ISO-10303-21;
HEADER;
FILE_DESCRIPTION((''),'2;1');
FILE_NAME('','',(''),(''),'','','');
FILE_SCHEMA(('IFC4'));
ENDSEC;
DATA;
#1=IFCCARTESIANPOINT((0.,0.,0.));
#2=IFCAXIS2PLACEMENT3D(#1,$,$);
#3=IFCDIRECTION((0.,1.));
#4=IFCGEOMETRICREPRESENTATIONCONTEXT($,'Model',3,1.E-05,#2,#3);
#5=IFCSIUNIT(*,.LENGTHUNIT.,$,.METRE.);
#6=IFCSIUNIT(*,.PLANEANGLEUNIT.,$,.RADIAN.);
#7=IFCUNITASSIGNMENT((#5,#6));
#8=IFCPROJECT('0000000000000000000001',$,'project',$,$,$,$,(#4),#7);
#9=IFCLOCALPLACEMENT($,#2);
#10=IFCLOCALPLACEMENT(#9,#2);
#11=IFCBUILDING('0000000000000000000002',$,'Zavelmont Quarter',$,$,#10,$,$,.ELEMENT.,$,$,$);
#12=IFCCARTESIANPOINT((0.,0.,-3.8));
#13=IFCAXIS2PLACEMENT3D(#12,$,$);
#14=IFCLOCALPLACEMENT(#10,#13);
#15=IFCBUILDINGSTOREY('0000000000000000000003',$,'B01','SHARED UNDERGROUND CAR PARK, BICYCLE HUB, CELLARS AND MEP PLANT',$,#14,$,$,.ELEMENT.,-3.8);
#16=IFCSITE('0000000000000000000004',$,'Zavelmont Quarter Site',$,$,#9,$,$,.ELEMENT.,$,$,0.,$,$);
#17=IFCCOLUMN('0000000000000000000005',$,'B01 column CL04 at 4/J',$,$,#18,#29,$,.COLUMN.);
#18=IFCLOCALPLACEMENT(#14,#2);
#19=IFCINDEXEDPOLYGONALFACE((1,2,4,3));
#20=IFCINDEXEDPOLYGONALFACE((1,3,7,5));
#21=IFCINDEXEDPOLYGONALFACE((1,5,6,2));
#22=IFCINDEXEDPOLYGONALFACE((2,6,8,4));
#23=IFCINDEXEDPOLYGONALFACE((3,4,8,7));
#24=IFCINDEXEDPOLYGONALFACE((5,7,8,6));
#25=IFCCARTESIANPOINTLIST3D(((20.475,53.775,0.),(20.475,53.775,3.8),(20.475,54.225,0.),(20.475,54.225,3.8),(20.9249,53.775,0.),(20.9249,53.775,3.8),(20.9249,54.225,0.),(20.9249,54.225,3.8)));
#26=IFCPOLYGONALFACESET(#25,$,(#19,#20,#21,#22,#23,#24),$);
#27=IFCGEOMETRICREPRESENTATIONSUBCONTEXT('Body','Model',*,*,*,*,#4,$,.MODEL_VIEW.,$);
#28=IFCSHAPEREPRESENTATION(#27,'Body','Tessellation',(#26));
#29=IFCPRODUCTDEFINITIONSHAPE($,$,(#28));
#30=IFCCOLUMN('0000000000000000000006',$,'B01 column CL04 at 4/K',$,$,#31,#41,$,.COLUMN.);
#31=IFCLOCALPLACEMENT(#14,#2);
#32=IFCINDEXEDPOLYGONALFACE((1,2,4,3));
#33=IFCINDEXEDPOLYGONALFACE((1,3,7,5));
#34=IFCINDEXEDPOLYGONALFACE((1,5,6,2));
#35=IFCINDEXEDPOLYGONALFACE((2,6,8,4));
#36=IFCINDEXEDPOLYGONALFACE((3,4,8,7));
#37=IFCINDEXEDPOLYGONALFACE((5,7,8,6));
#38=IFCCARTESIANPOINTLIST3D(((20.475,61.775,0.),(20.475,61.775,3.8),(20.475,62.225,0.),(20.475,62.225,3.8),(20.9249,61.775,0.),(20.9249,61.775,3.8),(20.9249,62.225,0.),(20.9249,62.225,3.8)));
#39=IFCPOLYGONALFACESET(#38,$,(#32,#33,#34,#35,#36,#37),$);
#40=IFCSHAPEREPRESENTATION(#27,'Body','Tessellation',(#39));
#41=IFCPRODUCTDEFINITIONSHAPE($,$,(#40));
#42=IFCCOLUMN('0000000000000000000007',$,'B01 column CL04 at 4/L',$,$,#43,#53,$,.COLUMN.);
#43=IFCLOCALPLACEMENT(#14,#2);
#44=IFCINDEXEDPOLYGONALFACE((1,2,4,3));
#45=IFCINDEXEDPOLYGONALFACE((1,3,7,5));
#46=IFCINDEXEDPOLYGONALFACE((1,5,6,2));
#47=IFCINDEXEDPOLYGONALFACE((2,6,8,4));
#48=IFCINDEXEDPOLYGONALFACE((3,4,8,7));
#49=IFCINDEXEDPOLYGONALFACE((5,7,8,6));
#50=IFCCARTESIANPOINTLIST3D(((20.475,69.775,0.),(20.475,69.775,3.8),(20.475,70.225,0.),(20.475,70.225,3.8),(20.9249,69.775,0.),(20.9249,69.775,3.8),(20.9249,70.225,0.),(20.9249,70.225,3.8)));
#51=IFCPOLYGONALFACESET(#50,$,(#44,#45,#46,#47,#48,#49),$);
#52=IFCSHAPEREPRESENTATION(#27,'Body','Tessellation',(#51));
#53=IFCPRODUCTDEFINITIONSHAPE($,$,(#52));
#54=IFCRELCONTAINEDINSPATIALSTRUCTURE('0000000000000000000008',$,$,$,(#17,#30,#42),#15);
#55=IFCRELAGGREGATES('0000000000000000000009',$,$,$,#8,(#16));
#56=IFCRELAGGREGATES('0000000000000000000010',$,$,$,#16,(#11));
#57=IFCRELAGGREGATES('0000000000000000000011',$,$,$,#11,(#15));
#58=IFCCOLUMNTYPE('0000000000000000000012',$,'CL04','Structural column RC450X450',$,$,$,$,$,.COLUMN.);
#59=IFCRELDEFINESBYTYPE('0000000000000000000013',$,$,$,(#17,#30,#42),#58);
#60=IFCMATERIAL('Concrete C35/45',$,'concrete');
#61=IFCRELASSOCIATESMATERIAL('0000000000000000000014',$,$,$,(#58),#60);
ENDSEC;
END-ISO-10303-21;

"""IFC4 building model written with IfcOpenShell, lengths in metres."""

from ifc_helpers import new_model, si_unit, direction, frame, origin, origin_2d, place, context, subcontext, project, spatial, rectangle, extrude, material, material_profile, profile_set, type_object, element, save


model = new_model("IFC4")

# Units and contexts
model_context = context("Model", 3, precision=1e-05, world=origin(), true_north=direction((0.0, 1.0)))
body_context = subcontext(model_context, "Body", "Model", "MODEL_VIEW")
ifc_project = project(units=[si_unit("LENGTHUNIT", "METRE"), si_unit("PLANEANGLEUNIT", "RADIAN")], contexts=[model_context])

# Site, building, storey
site_placement = place(None, origin())
site = spatial("IfcSite", under=ifc_project, at=site_placement, Name="Zavelmont Quarter Site", CompositionType="ELEMENT", RefElevation=0.0)
building_placement = place(site_placement, origin())
building = spatial("IfcBuilding", under=site, at=building_placement, Name="Zavelmont Quarter", CompositionType="ELEMENT")
storey_placement = place(building_placement, frame((0.0, 0.0, -3.8)))
storey = spatial("IfcBuildingStorey", under=building, at=storey_placement, Name="B01", Description="SHARED UNDERGROUND CAR PARK, BICYCLE HUB, CELLARS AND MEP PLANT", CompositionType="ELEMENT", Elevation=-3.8)

# Shared definitions
ifc_material = material(Name="Concrete C35/45", Category="concrete")

# Columns
ifc_material_profile_1 = material_profile(ifc_material, rectangle(XDim=0.45, YDim=0.45, at=origin_2d()), Name="RC450X450")
ifc_profile_set_1 = profile_set([ifc_material_profile_1], Name="Concrete C35/45")
column_type = type_object("IfcColumnType", Name="CL04", Description="Structural column RC450X450", PredefinedType="COLUMN", material=ifc_profile_set_1)
for number, where, z_axis, x_axis, name in (
    (1, (20.7, 54.0, 0.0), (0.0, 0.0, 1.0), (1.0, 0.0, 0.0), "B01 column CL04 at 4/J"),
    (2, (20.7, 62.0, 0.0), (0.0, 0.0, 1.0), (1.0, 0.0, 0.0), "B01 column CL04 at 4/K"),
    (3, (20.7, 70.0, 0.0), (0.0, 0.0, 1.0), (1.0, 0.0, 0.0), "B01 column CL04 at 4/L"),
):
    element("IfcColumn", number, at=place(storey_placement, frame(where, z_axis=z_axis, x_axis=x_axis)), inside=storey, type_object=column_type, Name=name, PredefinedType="COLUMN", context=body_context, shape_type="SweptSolid", body=[
        extrude(rectangle(XDim=0.45, YDim=0.45, at=origin_2d()), origin(), (0.0, 0.0, 1.0), 3.8),
    ])

save(model, "model.ifc")
